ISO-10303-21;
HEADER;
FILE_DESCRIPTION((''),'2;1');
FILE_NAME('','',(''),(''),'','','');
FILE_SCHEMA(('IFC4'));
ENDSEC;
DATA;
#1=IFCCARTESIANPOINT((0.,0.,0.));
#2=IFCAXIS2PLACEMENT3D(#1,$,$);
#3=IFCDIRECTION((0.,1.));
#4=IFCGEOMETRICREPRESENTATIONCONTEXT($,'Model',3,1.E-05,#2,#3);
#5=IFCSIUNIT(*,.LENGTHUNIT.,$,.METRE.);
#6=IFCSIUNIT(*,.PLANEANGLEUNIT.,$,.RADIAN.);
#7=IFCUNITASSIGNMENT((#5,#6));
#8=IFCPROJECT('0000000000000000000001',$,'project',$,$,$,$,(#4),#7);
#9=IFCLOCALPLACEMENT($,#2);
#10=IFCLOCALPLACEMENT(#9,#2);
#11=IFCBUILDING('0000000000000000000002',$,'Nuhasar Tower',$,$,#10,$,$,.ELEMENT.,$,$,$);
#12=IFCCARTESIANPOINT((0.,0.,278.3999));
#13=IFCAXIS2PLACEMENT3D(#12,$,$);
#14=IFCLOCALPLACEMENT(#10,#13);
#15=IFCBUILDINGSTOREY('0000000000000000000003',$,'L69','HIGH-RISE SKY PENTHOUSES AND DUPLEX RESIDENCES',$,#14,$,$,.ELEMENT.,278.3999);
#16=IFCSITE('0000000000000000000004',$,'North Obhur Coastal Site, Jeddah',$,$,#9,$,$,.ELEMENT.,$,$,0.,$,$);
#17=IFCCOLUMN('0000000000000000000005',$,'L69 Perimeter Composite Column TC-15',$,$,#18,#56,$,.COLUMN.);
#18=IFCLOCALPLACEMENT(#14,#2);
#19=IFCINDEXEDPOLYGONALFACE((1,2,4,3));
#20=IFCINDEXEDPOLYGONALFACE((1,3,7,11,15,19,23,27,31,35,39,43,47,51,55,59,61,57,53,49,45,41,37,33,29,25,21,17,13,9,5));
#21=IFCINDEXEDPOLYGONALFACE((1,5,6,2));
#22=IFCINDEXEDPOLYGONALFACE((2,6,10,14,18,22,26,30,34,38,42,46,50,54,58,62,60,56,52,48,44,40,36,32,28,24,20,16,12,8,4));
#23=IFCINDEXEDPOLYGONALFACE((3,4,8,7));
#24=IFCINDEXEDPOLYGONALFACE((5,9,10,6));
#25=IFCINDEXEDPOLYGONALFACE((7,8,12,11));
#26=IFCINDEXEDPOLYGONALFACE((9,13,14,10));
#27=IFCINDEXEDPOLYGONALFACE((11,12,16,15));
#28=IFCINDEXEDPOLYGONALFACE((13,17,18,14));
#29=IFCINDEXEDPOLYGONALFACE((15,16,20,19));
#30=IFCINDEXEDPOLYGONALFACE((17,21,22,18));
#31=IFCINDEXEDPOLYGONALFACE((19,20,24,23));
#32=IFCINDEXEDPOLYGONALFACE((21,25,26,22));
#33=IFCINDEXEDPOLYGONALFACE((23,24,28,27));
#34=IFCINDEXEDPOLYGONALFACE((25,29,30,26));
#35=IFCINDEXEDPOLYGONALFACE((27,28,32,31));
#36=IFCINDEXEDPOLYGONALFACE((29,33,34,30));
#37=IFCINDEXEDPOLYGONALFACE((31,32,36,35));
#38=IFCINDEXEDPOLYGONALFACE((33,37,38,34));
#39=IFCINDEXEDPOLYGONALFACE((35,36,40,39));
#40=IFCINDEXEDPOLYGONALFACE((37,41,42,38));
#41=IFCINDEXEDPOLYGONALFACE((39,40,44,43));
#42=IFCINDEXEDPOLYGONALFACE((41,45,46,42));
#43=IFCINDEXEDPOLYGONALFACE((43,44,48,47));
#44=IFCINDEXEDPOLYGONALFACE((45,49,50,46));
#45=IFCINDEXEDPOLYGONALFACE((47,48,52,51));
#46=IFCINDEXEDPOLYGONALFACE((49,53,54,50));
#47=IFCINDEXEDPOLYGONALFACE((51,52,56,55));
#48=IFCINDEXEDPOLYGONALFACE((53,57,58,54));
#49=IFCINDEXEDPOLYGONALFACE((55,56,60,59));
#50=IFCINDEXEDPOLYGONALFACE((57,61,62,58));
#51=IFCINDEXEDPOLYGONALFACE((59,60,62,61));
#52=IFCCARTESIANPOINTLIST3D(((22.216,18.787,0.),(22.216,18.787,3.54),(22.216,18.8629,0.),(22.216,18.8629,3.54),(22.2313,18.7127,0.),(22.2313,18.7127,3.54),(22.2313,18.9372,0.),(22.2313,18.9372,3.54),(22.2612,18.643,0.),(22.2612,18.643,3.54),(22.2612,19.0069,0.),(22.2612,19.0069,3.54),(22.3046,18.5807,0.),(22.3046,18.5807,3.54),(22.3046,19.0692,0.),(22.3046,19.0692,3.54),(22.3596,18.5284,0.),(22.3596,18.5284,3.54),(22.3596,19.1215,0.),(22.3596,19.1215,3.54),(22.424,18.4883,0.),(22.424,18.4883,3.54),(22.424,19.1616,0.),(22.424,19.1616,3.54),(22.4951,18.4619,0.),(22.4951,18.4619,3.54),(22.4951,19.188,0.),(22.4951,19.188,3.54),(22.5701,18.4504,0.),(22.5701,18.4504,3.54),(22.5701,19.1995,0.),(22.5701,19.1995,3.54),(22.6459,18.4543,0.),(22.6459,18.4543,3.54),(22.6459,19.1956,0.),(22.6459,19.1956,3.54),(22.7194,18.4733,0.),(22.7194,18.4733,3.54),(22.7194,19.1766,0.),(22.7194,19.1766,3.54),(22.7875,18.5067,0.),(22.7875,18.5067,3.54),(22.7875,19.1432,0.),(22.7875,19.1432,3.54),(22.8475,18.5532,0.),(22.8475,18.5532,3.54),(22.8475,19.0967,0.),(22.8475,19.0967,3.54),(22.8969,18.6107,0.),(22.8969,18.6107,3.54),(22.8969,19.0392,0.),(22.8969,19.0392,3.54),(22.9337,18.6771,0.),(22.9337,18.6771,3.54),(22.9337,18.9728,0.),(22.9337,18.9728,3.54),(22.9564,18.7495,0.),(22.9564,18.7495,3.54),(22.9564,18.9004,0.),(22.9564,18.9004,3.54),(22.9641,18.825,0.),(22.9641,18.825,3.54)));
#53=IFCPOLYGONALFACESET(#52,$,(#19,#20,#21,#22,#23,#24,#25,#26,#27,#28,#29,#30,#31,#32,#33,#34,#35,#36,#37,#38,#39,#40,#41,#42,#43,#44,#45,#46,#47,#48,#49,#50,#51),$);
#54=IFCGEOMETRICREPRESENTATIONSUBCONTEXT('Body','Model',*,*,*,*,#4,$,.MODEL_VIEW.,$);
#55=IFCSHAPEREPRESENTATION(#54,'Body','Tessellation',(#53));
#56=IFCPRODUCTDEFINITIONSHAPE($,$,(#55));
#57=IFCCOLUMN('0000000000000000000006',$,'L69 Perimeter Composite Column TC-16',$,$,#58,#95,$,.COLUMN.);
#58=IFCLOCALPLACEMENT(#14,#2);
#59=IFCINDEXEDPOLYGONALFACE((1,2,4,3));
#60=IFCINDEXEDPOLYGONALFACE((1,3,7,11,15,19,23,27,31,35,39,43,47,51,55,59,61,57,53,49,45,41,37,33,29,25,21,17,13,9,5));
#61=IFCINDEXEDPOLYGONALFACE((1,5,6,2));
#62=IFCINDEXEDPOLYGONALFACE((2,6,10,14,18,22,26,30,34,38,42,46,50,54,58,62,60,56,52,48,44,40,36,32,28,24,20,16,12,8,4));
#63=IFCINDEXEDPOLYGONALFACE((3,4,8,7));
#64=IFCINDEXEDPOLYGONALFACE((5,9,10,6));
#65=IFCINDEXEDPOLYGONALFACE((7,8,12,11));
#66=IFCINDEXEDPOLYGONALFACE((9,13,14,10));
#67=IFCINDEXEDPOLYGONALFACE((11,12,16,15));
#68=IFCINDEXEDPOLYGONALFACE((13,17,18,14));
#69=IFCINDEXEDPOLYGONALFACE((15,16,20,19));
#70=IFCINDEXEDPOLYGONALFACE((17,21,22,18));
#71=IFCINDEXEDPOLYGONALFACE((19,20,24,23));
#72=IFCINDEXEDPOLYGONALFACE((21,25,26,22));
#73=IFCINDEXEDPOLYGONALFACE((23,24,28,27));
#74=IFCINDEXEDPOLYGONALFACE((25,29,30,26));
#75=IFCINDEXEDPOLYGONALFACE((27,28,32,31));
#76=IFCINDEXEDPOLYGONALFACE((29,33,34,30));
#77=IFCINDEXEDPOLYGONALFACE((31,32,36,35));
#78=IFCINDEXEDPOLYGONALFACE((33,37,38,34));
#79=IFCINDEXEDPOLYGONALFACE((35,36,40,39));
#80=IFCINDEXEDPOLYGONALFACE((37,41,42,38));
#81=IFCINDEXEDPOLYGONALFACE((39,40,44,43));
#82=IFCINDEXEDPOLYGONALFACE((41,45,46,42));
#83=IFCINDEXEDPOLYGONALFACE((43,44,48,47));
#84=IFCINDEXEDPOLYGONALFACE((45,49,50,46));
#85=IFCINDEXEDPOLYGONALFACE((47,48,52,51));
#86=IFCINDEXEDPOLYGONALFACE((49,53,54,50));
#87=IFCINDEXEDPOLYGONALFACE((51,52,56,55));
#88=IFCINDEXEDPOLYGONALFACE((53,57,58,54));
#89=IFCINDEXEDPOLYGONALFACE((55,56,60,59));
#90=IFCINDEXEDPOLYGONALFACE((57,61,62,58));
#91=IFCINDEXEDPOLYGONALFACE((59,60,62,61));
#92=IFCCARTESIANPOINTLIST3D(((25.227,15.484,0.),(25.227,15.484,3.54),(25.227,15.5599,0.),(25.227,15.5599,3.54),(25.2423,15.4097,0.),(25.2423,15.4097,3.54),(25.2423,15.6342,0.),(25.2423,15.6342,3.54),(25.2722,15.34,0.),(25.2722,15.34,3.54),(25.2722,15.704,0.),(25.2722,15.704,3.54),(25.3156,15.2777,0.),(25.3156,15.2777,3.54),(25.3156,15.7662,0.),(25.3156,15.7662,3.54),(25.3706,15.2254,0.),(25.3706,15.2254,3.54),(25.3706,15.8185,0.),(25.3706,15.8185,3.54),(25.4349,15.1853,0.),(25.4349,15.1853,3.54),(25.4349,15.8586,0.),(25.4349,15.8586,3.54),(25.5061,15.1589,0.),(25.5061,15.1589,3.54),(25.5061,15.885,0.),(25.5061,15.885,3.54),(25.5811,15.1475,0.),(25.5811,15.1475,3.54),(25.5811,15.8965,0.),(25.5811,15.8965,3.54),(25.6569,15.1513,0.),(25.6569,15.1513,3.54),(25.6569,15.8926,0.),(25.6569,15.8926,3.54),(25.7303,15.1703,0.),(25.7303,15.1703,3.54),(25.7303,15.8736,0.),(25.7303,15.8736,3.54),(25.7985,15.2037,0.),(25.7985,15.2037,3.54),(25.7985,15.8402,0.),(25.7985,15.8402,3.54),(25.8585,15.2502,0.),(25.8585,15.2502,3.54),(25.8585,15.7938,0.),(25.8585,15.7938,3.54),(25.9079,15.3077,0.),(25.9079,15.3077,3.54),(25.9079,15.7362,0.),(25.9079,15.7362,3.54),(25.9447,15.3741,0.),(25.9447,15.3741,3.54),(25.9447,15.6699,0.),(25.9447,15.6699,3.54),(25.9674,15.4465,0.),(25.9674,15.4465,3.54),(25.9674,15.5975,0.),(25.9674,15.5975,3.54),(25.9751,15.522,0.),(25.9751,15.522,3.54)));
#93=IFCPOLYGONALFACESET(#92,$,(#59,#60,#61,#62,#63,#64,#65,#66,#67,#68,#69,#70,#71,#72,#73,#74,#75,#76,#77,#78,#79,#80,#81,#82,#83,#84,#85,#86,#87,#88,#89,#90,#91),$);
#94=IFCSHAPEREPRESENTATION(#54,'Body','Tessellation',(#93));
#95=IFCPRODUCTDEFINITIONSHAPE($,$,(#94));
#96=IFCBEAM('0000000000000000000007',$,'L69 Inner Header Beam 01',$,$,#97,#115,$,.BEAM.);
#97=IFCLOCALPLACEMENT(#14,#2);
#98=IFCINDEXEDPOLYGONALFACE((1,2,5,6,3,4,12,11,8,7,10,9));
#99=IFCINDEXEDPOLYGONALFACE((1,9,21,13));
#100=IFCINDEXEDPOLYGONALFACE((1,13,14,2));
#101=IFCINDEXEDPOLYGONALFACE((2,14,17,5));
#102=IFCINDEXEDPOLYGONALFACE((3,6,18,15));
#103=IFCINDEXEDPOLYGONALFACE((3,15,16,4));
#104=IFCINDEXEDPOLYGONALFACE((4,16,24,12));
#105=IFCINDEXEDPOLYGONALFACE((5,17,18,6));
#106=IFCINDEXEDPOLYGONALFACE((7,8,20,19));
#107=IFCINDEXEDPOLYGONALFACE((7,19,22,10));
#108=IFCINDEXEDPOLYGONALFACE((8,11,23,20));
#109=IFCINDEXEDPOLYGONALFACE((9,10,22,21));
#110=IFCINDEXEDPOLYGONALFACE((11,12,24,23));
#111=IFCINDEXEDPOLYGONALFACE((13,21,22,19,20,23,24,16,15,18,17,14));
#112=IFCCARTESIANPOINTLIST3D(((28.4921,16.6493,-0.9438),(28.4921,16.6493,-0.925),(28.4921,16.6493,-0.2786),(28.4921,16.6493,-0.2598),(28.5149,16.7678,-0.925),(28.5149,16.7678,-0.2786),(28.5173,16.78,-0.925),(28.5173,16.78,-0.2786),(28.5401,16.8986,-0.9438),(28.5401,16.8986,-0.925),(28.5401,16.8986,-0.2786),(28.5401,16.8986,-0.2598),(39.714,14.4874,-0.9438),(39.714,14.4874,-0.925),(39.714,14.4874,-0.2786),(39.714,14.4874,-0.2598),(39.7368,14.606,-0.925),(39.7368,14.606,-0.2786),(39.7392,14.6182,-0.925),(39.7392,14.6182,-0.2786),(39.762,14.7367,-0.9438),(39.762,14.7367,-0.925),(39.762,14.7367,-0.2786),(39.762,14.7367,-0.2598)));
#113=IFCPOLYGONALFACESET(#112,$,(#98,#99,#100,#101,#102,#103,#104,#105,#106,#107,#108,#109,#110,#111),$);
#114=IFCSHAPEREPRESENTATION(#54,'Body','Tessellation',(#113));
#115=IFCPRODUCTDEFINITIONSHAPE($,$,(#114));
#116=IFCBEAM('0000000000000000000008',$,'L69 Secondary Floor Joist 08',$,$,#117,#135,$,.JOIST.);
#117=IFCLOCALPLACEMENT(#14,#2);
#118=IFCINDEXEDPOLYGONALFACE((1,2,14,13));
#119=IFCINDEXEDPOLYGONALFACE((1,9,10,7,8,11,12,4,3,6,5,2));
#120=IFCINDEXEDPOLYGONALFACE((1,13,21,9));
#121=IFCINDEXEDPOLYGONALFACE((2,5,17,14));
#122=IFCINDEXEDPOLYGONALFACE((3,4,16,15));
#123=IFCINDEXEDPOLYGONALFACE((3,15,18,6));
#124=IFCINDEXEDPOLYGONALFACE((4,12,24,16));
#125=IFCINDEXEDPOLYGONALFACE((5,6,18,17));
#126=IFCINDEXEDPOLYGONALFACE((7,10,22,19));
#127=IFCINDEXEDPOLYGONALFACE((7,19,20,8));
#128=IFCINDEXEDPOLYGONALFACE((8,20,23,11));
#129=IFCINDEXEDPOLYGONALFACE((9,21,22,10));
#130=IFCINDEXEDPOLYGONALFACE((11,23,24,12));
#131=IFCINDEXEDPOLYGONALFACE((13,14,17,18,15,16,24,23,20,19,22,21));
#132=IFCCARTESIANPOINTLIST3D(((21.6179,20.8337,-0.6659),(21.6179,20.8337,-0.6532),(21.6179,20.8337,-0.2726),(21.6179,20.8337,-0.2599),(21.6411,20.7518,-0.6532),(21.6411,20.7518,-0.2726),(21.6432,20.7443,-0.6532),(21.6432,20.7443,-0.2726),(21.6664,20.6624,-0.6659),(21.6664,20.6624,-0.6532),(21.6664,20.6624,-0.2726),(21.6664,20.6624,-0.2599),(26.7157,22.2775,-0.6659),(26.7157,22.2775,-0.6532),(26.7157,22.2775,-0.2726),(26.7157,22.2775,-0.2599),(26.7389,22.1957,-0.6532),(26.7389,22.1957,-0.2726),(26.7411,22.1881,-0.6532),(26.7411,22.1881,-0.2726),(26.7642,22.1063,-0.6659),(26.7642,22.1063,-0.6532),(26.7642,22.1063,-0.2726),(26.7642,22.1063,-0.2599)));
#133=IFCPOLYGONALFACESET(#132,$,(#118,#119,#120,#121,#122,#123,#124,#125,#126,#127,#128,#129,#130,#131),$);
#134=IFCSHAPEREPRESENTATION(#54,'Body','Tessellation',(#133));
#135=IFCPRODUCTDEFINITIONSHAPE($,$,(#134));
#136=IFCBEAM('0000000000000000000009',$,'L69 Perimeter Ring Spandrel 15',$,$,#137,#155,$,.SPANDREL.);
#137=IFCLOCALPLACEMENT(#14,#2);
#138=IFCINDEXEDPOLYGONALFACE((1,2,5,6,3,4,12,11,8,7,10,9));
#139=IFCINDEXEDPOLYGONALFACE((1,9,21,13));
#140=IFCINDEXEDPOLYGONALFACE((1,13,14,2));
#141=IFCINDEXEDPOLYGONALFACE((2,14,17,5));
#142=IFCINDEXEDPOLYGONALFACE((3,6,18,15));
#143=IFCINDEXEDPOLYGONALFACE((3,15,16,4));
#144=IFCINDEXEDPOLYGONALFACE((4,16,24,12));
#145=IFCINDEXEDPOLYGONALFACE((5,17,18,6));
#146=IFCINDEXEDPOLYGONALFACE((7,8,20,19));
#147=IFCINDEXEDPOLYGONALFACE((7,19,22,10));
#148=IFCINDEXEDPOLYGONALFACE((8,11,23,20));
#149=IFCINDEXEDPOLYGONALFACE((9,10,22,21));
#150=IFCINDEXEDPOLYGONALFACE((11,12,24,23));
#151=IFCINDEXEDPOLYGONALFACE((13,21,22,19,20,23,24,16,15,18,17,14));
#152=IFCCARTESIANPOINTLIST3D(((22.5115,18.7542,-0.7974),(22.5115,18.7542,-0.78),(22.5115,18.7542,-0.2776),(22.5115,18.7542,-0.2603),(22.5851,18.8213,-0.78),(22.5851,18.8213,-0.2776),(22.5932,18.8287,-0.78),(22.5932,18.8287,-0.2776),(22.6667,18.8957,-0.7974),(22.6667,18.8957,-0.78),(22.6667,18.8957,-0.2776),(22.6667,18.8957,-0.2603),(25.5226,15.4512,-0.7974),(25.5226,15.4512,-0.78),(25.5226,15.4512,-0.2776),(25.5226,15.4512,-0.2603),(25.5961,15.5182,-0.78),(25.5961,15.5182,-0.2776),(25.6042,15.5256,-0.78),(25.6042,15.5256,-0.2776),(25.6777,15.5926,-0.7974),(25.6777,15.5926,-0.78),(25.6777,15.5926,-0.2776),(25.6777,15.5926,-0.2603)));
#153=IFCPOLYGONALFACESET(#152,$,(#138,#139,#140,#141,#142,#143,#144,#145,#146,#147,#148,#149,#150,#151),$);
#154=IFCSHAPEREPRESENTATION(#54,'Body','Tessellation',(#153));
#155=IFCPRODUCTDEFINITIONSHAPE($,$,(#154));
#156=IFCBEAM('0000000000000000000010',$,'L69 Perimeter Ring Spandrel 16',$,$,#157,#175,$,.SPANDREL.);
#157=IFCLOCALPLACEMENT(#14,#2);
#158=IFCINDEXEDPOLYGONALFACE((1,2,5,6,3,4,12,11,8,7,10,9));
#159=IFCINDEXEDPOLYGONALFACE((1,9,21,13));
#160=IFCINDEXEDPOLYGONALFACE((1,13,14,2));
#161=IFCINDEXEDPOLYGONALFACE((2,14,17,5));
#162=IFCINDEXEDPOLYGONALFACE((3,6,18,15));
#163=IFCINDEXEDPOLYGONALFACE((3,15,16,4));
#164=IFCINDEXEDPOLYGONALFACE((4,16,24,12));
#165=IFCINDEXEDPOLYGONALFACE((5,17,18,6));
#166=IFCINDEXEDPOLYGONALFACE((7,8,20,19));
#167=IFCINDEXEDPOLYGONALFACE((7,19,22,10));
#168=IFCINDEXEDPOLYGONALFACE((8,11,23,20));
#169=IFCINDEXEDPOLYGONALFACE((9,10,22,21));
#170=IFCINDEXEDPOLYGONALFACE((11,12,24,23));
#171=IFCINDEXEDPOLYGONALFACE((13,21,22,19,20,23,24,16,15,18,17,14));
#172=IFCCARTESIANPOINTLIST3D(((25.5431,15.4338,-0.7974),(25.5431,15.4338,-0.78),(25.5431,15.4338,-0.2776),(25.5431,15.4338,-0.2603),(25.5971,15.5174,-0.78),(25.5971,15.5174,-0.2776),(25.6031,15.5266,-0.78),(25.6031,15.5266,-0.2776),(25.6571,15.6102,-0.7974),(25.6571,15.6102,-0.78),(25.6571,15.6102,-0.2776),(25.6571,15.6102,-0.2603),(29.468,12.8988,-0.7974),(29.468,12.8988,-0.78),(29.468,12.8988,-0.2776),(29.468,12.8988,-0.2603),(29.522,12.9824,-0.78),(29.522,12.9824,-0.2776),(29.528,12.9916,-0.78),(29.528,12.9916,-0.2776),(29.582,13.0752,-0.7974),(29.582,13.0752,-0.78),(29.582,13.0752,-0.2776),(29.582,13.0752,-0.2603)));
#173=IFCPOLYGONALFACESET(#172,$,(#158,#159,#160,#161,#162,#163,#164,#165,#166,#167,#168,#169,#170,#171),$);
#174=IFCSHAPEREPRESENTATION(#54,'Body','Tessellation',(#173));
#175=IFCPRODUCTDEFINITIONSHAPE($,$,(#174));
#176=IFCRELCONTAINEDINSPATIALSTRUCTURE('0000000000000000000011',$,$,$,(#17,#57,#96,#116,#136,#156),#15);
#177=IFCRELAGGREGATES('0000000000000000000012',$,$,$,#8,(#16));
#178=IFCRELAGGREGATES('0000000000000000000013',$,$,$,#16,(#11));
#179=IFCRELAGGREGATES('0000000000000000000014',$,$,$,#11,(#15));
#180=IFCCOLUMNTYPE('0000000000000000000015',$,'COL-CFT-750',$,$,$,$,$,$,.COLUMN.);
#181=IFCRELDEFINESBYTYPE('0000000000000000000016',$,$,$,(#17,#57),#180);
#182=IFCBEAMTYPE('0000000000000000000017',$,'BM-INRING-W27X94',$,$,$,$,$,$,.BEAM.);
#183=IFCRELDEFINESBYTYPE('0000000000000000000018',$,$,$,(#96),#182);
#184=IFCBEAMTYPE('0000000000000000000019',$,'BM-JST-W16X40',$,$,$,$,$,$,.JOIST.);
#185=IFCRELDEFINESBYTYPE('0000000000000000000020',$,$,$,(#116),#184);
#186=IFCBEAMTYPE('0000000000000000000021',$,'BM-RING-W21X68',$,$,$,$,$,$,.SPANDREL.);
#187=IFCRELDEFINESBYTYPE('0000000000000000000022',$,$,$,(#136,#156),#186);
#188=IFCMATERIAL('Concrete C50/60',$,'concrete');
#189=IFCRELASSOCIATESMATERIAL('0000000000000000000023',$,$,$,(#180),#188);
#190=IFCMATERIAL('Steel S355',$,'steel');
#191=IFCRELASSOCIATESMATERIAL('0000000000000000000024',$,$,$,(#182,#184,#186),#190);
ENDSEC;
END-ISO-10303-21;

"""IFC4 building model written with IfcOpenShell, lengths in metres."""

from ifc_helpers import new_model, si_unit, direction, frame, origin, origin_2d, place, context, subcontext, project, spatial, circle, i_section, extrude, material, material_profile, profile_set, type_object, element, save


model = new_model("IFC4")

# Units and contexts
model_context = context("Model", 3, precision=1e-05, world=origin(), true_north=direction((0.0, 1.0)))
body_context = subcontext(model_context, "Body", "Model", "MODEL_VIEW")
ifc_project = project(units=[si_unit("LENGTHUNIT", "METRE"), si_unit("PLANEANGLEUNIT", "RADIAN")], contexts=[model_context])

# Site, building, storey
site_placement = place(None, origin())
site = spatial("IfcSite", under=ifc_project, at=site_placement, Name="North Obhur Coastal Site, Jeddah", CompositionType="ELEMENT", RefElevation=0.0)
building_placement = place(site_placement, origin())
building = spatial("IfcBuilding", under=site, at=building_placement, Name="Nuhasar Tower", CompositionType="ELEMENT")
storey_placement = place(building_placement, frame((0.0, 0.0, 278.3999)))
storey = spatial("IfcBuildingStorey", under=building, at=storey_placement, Name="L69", Description="HIGH-RISE SKY PENTHOUSES AND DUPLEX RESIDENCES", CompositionType="ELEMENT", Elevation=278.3999)

# Columns
ifc_material_1 = material(Name="Concrete C50/60", Category="concrete")
ifc_material_profile_1 = material_profile(ifc_material_1, circle(Radius=0.375, at=origin_2d()), Name="CFT750")
ifc_profile_set_1 = profile_set([ifc_material_profile_1], Name="Concrete C50/60")
column_type = type_object("IfcColumnType", Name="COL-CFT-750", PredefinedType="COLUMN", material=ifc_profile_set_1)
for number, where, z_axis, x_axis, name in (
    (1, (22.5891, 18.825, 0.0), (0.0, 0.0, 1.0), (1.0, 0.0, 0.0), "L69 Perimeter Composite Column TC-15"),
    (2, (25.6001, 15.522, 0.0), (0.0, 0.0, 1.0), (1.0, 0.0, 0.0), "L69 Perimeter Composite Column TC-16"),
):
    element("IfcColumn", number, at=place(storey_placement, frame(where, z_axis=z_axis, x_axis=x_axis)), inside=storey, type_object=column_type, Name=name, PredefinedType="COLUMN", context=body_context, shape_type="SweptSolid", body=[
        extrude(circle(Radius=0.375, at=origin_2d()), origin(), (0.0, 0.0, 1.0), 3.54),
    ])

# Beams
ifc_material_2 = material(Name="Steel S355", Category="steel")
ifc_material_profile_2 = material_profile(ifc_material_2, i_section(OverallWidth=0.2539, OverallDepth=0.6841, WebThickness=0.0125, FlangeThickness=0.0188, at=origin_2d()), Name="W27X94")
ifc_profile_set_2 = profile_set([ifc_material_profile_2], Name="Steel S355")
beam_type_1 = type_object("IfcBeamType", Name="BM-INRING-W27X94", PredefinedType="BEAM", material=ifc_profile_set_2)
beam_1_placement = place(storey_placement, frame((28.5161, 16.7739, -0.6018), z_axis=(0.981945, -0.189168, 0.0), x_axis=(0.189168, 0.981945, 0.0)))
element("IfcBeam", 3, at=beam_1_placement, inside=storey, type_object=beam_type_1, Name="L69 Inner Header Beam 01", PredefinedType="BEAM", context=body_context, shape_type="SweptSolid", body=[
    extrude(i_section(OverallWidth=0.2539, OverallDepth=0.6841, WebThickness=0.0125, FlangeThickness=0.0188, at=origin_2d()), origin(), (0.0, 0.0, 1.0), 11.4282),
])
ifc_material_profile_3 = material_profile(ifc_material_2, i_section(OverallWidth=0.178, OverallDepth=0.406, WebThickness=0.0078, FlangeThickness=0.0127, at=origin_2d()), Name="W16X40")
ifc_profile_set_3 = profile_set([ifc_material_profile_3], Name="Steel S355")
beam_type_2 = type_object("IfcBeamType", Name="BM-JST-W16X40", PredefinedType="JOIST", material=ifc_profile_set_3)
beam_2_placement = place(storey_placement, frame((26.74, 22.1919, -0.4629), z_axis=(-0.962154, -0.272505, 0.0), x_axis=(0.272505, -0.962154, 0.0)))
element("IfcBeam", 4, at=beam_2_placement, inside=storey, type_object=beam_type_2, Name="L69 Secondary Floor Joist 08", PredefinedType="JOIST", context=body_context, shape_type="SweptSolid", body=[
    extrude(i_section(OverallWidth=0.178, OverallDepth=0.406, WebThickness=0.0078, FlangeThickness=0.0127, at=origin_2d()), origin(), (0.0, 0.0, 1.0), 5.2983),
])
ifc_material_profile_4 = material_profile(ifc_material_2, i_section(OverallWidth=0.21, OverallDepth=0.5371, WebThickness=0.011, FlangeThickness=0.0173, at=origin_2d()), Name="W21X68")
ifc_profile_set_4 = profile_set([ifc_material_profile_4], Name="Steel S355")
beam_type_3 = type_object("IfcBeamType", Name="BM-RING-W21X68", PredefinedType="SPANDREL", material=ifc_profile_set_4)
beam_3_placement = place(storey_placement, frame((22.5891, 18.825, -0.5288), z_axis=(0.673686, -0.739017, 0.0), x_axis=(0.739017, 0.673686, 0.0)))
element("IfcBeam", 5, at=beam_3_placement, inside=storey, type_object=beam_type_3, Name="L69 Perimeter Ring Spandrel 15", PredefinedType="SPANDREL", context=body_context, shape_type="SweptSolid", body=[
    extrude(i_section(OverallWidth=0.21, OverallDepth=0.5371, WebThickness=0.011, FlangeThickness=0.0173, at=origin_2d()), origin(), (0.0, 0.0, 1.0), 4.4695),
])
beam_4_placement = place(storey_placement, frame((25.6001, 15.522, -0.5288), z_axis=(0.840025, -0.542547, 0.0), x_axis=(0.542547, 0.840025, 0.0)))
element("IfcBeam", 6, at=beam_4_placement, inside=storey, type_object=beam_type_3, Name="L69 Perimeter Ring Spandrel 16", PredefinedType="SPANDREL", context=body_context, shape_type="SweptSolid", body=[
    extrude(i_section(OverallWidth=0.21, OverallDepth=0.5371, WebThickness=0.011, FlangeThickness=0.0173, at=origin_2d()), origin(), (0.0, 0.0, 1.0), 4.6724),
])

save(model, "model.ifc")
